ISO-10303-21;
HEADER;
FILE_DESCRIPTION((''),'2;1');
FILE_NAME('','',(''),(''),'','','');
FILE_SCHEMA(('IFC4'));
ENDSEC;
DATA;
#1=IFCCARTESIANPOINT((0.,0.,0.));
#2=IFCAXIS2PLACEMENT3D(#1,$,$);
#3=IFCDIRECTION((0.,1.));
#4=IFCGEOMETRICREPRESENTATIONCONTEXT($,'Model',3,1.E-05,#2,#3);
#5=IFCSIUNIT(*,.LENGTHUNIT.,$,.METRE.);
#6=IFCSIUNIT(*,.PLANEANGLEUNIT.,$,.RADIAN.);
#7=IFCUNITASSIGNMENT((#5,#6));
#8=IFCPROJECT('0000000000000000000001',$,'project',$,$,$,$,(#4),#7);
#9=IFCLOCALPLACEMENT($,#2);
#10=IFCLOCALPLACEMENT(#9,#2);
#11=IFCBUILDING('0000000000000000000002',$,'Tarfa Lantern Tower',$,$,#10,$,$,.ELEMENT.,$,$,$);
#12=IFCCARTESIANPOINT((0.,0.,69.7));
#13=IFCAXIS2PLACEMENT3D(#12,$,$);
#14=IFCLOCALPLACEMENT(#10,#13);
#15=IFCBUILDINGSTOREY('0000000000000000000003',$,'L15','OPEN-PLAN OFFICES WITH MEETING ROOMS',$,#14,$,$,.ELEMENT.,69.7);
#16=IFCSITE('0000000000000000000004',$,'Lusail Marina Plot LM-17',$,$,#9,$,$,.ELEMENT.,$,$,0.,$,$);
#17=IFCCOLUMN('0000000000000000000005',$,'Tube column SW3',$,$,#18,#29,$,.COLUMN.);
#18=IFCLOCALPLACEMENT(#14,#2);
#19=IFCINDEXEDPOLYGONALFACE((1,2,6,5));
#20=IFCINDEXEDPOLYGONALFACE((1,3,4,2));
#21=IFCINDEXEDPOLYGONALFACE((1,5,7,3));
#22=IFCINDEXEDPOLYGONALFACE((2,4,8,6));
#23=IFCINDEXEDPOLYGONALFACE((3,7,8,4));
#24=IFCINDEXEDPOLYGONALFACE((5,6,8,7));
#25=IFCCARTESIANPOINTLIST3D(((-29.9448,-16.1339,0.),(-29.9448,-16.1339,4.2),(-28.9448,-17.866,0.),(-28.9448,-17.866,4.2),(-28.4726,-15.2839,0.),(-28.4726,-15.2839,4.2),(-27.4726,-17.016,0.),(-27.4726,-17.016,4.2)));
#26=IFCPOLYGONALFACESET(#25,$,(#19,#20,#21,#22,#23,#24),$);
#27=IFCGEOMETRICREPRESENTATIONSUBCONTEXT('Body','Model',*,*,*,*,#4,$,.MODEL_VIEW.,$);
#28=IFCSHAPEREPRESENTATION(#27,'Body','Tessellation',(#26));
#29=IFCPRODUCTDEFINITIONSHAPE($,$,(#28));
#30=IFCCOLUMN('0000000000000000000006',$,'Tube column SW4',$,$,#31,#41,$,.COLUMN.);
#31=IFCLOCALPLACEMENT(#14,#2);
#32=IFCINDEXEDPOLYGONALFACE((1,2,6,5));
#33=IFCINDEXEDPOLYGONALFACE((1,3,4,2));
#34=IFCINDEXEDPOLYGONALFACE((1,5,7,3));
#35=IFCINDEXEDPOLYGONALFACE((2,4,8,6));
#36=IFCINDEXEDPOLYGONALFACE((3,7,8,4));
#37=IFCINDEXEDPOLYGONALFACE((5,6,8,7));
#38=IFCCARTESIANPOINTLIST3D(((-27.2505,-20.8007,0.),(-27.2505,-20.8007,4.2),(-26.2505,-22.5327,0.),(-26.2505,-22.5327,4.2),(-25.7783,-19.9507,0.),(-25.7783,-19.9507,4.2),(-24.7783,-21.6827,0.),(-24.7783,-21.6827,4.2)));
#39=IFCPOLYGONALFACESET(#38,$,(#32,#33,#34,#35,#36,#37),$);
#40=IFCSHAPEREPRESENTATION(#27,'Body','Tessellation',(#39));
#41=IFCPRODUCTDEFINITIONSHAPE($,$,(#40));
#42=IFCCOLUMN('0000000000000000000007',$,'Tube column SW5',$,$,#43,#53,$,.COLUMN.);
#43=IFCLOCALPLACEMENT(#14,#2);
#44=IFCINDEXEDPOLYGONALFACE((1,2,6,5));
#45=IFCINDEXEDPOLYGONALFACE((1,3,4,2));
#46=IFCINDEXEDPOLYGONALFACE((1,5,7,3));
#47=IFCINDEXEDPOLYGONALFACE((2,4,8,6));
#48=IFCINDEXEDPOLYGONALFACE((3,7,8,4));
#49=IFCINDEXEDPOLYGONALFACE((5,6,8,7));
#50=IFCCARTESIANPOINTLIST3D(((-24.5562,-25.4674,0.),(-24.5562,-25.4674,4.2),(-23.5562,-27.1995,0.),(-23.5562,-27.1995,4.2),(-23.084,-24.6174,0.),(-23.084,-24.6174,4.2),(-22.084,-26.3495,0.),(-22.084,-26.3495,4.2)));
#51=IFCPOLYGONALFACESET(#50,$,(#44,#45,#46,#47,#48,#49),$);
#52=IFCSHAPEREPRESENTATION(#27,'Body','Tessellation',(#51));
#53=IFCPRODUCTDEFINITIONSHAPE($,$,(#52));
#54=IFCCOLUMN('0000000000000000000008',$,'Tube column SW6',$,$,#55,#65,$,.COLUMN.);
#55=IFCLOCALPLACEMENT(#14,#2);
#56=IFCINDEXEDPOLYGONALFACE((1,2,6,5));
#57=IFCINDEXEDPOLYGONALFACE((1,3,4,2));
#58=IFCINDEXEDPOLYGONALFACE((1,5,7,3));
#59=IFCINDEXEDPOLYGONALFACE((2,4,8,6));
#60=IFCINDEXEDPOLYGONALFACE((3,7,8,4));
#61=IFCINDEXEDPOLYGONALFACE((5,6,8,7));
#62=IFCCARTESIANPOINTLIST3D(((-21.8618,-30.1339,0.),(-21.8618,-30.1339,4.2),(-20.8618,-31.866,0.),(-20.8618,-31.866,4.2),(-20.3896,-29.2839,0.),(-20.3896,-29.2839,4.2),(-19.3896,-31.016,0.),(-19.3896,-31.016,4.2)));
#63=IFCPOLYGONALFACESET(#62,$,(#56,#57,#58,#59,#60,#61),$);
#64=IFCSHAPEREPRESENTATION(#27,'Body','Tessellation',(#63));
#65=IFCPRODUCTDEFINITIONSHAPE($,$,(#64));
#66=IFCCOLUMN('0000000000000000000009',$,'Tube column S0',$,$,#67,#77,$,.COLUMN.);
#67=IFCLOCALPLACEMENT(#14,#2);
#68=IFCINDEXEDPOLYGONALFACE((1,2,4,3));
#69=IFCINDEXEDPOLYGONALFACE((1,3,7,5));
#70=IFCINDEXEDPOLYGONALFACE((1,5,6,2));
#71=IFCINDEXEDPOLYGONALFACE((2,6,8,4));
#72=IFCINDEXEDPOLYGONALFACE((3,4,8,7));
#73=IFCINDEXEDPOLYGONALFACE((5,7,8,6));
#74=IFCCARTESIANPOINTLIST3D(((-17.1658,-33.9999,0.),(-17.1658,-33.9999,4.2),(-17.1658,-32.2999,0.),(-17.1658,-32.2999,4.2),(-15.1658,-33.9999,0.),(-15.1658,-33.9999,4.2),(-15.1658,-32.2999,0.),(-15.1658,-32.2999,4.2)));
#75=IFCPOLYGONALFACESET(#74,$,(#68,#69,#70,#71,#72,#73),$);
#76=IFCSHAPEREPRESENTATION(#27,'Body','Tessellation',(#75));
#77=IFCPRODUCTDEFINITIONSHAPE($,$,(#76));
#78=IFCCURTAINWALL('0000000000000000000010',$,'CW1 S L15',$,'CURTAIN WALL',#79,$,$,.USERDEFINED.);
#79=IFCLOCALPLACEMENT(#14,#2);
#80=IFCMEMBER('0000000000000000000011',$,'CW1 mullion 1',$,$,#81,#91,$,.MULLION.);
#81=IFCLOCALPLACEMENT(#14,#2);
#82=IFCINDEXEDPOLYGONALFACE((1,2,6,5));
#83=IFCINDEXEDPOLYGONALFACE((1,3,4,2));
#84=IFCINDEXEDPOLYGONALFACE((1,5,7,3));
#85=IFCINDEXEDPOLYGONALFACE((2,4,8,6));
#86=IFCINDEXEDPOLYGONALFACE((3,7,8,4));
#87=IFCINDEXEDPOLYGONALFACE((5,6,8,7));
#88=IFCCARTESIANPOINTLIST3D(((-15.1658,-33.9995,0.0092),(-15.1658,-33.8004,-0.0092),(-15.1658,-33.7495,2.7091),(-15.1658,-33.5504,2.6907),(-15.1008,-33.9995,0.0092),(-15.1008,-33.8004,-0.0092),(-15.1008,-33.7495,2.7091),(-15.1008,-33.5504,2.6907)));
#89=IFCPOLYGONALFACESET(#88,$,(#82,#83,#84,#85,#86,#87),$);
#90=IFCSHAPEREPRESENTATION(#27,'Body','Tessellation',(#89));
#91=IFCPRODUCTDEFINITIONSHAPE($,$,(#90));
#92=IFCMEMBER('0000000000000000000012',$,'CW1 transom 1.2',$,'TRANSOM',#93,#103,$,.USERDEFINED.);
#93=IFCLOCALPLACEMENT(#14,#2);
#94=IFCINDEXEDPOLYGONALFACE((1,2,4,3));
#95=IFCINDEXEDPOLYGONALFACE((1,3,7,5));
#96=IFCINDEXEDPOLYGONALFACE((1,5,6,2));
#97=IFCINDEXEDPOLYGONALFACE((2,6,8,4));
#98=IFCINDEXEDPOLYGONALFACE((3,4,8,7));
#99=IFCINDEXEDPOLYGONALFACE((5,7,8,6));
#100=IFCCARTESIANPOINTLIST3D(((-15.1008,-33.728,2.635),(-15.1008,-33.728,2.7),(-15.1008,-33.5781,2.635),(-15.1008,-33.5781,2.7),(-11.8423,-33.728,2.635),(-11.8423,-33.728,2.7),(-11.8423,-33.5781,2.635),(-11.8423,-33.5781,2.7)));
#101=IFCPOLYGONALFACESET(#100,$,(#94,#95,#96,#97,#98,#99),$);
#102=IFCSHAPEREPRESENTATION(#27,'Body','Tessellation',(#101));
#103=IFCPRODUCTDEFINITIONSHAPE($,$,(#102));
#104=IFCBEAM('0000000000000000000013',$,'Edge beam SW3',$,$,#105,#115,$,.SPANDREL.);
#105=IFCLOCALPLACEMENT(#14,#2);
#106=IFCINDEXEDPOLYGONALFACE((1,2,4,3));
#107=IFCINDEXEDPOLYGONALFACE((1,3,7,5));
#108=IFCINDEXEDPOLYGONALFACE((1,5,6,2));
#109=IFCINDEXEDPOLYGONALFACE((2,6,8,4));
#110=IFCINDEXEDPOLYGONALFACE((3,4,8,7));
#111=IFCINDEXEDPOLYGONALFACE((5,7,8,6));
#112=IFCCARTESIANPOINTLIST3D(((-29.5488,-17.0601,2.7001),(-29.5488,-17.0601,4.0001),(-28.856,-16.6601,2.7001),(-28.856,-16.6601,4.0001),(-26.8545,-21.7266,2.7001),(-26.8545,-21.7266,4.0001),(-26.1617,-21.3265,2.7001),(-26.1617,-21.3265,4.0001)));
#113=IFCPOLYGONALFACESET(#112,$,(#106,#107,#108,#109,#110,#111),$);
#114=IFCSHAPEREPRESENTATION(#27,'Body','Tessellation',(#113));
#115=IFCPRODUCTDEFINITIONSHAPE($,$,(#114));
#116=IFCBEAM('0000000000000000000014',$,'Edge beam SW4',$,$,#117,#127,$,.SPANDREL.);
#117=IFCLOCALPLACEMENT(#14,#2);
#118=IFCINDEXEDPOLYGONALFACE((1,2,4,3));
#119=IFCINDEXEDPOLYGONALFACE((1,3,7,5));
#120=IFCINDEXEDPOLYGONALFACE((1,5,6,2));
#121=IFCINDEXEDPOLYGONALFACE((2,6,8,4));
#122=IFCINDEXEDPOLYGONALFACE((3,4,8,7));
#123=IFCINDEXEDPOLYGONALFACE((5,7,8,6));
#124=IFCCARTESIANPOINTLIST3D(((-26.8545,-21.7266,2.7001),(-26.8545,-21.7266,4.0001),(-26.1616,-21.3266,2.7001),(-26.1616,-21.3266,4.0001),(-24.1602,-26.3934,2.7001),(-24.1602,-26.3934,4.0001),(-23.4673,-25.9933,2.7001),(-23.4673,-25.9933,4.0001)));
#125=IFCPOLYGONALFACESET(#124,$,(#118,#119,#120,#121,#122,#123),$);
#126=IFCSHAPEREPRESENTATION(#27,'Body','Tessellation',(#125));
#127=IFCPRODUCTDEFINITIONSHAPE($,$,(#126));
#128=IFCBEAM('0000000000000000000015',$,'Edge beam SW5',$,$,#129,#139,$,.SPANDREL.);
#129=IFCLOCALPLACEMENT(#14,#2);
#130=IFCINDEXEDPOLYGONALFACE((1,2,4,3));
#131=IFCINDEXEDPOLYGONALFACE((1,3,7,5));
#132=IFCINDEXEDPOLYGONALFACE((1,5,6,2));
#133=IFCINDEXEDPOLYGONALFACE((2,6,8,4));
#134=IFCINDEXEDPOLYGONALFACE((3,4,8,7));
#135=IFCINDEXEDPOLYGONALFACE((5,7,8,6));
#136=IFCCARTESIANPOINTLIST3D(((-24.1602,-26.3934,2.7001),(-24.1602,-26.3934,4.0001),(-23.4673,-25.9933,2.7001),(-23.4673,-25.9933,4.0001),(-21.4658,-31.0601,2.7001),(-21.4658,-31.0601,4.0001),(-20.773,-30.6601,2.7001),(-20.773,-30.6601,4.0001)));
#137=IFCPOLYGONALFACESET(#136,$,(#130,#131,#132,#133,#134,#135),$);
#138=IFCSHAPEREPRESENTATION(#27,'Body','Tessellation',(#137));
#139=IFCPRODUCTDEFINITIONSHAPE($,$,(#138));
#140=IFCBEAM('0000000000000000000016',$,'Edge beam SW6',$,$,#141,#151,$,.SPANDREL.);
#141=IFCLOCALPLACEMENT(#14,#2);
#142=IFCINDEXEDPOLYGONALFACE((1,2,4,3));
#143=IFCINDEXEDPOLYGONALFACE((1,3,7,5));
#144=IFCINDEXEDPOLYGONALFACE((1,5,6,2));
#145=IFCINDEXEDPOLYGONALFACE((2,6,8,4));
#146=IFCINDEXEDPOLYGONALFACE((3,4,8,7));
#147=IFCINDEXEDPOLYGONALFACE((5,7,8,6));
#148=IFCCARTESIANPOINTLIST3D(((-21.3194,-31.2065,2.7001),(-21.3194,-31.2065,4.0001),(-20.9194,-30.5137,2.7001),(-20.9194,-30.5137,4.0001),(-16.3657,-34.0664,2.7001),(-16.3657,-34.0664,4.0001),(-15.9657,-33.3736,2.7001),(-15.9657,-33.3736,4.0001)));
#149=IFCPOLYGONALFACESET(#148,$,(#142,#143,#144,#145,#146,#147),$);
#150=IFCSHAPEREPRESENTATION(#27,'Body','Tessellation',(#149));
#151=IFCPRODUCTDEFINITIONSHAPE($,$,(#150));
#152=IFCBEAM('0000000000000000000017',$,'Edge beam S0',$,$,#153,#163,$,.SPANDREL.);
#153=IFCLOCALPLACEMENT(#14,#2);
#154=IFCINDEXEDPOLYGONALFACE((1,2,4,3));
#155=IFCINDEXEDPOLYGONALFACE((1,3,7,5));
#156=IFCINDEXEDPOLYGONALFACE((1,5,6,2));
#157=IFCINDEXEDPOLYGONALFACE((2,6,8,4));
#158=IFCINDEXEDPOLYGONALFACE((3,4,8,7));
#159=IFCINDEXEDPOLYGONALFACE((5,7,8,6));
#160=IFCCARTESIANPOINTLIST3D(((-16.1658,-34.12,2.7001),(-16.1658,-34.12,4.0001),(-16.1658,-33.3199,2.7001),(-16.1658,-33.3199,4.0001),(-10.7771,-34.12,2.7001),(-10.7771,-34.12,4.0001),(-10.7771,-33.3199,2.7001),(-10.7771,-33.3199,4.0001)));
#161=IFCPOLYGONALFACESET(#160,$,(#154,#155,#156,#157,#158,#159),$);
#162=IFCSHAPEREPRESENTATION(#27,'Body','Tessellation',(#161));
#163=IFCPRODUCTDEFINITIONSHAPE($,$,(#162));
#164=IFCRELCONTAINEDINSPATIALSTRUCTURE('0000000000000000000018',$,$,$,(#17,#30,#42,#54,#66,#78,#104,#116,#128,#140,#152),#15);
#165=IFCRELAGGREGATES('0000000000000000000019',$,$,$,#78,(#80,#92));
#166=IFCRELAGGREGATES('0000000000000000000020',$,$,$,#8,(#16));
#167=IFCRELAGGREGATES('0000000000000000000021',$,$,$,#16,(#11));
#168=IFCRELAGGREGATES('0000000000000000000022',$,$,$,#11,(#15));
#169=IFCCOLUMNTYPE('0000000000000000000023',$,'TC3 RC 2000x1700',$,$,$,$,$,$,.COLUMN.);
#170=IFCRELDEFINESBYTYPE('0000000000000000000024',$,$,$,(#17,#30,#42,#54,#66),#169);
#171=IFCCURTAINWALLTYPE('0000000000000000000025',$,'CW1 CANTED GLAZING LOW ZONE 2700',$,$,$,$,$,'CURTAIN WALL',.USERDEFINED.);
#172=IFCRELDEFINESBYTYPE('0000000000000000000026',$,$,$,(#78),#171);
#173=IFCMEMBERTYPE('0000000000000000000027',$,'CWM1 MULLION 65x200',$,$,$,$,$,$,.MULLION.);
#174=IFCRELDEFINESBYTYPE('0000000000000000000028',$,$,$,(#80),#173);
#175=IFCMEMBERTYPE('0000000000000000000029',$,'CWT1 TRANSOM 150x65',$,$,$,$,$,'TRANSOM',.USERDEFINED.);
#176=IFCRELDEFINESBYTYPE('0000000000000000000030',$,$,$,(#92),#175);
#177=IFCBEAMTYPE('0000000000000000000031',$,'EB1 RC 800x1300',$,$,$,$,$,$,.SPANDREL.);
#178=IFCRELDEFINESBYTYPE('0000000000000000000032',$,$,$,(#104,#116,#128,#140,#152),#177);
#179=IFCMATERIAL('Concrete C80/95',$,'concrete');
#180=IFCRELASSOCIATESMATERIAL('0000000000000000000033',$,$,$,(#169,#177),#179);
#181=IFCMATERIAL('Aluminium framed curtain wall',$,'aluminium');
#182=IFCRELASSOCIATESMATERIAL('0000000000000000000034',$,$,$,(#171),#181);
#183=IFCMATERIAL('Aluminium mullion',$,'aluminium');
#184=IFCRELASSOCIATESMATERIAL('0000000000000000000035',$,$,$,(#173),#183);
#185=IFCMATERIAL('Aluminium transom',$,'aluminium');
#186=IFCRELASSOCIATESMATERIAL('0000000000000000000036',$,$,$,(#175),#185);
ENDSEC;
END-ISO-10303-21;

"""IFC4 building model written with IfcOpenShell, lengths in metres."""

from ifc_helpers import new_model, si_unit, direction, frame, origin, origin_2d, place, context, subcontext, project, spatial, rectangle, extrude, material, material_profile, profile_set, type_object, element, aggregate, save


model = new_model("IFC4")

# Units and contexts
model_context = context("Model", 3, precision=1e-05, world=origin(), true_north=direction((0.0, 1.0)))
body_context = subcontext(model_context, "Body", "Model", "MODEL_VIEW")
ifc_project = project(units=[si_unit("LENGTHUNIT", "METRE"), si_unit("PLANEANGLEUNIT", "RADIAN")], contexts=[model_context])

# Site, building, storey
site_placement = place(None, origin())
site = spatial("IfcSite", under=ifc_project, at=site_placement, Name="Lusail Marina Plot LM-17", CompositionType="ELEMENT", RefElevation=0.0)
building_placement = place(site_placement, origin())
building = spatial("IfcBuilding", under=site, at=building_placement, Name="Tarfa Lantern Tower", CompositionType="ELEMENT")
storey_placement = place(building_placement, frame((0.0, 0.0, 69.7)))
storey = spatial("IfcBuildingStorey", under=building, at=storey_placement, Name="L15", Description="OPEN-PLAN OFFICES WITH MEETING ROOMS", CompositionType="ELEMENT", Elevation=69.7)

# Columns
ifc_material_1 = material(Name="Concrete C80/95", Category="concrete")
ifc_material_profile_1 = material_profile(ifc_material_1, rectangle(XDim=2.0, YDim=1.7, at=origin_2d()), Name="RC 2000x1700")
ifc_profile_set_1 = profile_set([ifc_material_profile_1], Name="Concrete C80/95")
column_type = type_object("IfcColumnType", Name="TC3 RC 2000x1700", PredefinedType="COLUMN", material=ifc_profile_set_1)
for number, where, z_axis, x_axis, name in (
    (1, (-28.7087, -16.575, 0.0), (0.0, 0.0, 1.0), (0.5, -0.866025, 0.0), "Tube column SW3"),
    (2, (-26.0144, -21.2417, 0.0), (0.0, 0.0, 1.0), (0.5, -0.866025, 0.0), "Tube column SW4"),
    (3, (-23.3201, -25.9084, 0.0), (0.0, 0.0, 1.0), (0.5, -0.866025, 0.0), "Tube column SW5"),
    (4, (-20.6257, -30.575, 0.0), (0.0, 0.0, 1.0), (0.5, -0.866025, 0.0), "Tube column SW6"),
    (5, (-16.1658, -33.1499, 0.0), (0.0, 0.0, 1.0), (1.0, 0.0, 0.0), "Tube column S0"),
):
    element("IfcColumn", number, at=place(storey_placement, frame(where, z_axis=z_axis, x_axis=x_axis)), inside=storey, type_object=column_type, Name=name, PredefinedType="COLUMN", context=body_context, shape_type="SweptSolid", body=[
        extrude(rectangle(XDim=2.0, YDim=1.7, at=origin_2d()), origin(), (0.0, 0.0, 1.0), 4.2),
    ])

# Curtain wall, members
ifc_material_2 = material(Name="Aluminium framed curtain wall", Category="aluminium")
curtain_wall_type = type_object("IfcCurtainWallType", Name="CW1 CANTED GLAZING LOW ZONE 2700", ElementType="CURTAIN WALL", PredefinedType="USERDEFINED", material=ifc_material_2)
curtain_wall_placement = place(storey_placement, origin())
curtain_wall = element("IfcCurtainWall", 6, at=curtain_wall_placement, inside=storey, type_object=curtain_wall_type, Name="CW1 S L15", ObjectType="CURTAIN WALL", PredefinedType="USERDEFINED")
ifc_material_3 = material(Name="Aluminium mullion", Category="aluminium")
ifc_material_profile_2 = material_profile(ifc_material_3, rectangle(XDim=0.0649, YDim=0.2, at=origin_2d()), Name="AL MULLION 65x200")
ifc_profile_set_2 = profile_set([ifc_material_profile_2], Name="Aluminium mullion")
member_type_1 = type_object("IfcMemberType", Name="CWM1 MULLION 65x200", PredefinedType="MULLION", material=ifc_profile_set_2)
member_1_placement = place(storey_placement, frame((-15.1333, -33.8999, 0.0), z_axis=(0.0, 0.0922, 0.995741), x_axis=(-1.0, 0.0, 0.0)))
member_1 = element("IfcMember", 7, at=member_1_placement, type_object=member_type_1, Name="CW1 mullion 1", PredefinedType="MULLION", context=body_context, shape_type="SweptSolid", body=[
    extrude(rectangle(XDim=0.0649, YDim=0.2, at=origin_2d()), origin(), (0.0, 0.0, 1.0), 2.7114),
])
ifc_material_4 = material(Name="Aluminium transom", Category="aluminium")
ifc_material_profile_3 = material_profile(ifc_material_4, rectangle(XDim=0.1499, YDim=0.0649, at=origin_2d()), Name="AL TRANSOM 150x65")
ifc_profile_set_3 = profile_set([ifc_material_profile_3], Name="Aluminium transom")
member_type_2 = type_object("IfcMemberType", Name="CWT1 TRANSOM 150x65", ElementType="TRANSOM", PredefinedType="USERDEFINED", material=ifc_profile_set_3)
member_2_placement = place(storey_placement, frame((-15.1008, -33.6531, 2.6675), z_axis=(1.0, 0.0, 0.0), x_axis=(0.0, 1.0, 0.0)))
member_2 = element("IfcMember", 8, at=member_2_placement, type_object=member_type_2, Name="CW1 transom 1.2", ObjectType="TRANSOM", PredefinedType="USERDEFINED", context=body_context, shape_type="SweptSolid", body=[
    extrude(rectangle(XDim=0.1499, YDim=0.0649, at=origin_2d()), origin(), (0.0, 0.0, 1.0), 3.2585),
])

# Beams
ifc_material_profile_4 = material_profile(ifc_material_1, rectangle(XDim=0.8, YDim=1.3, at=origin_2d()), Name="RC 800x1300")
ifc_profile_set_4 = profile_set([ifc_material_profile_4], Name="Concrete C80/95")
beam_type_1 = type_object("IfcBeamType", Name="EB1 RC 800x1300", PredefinedType="SPANDREL", material=ifc_profile_set_4)
beam_1_placement = place(storey_placement, frame((-29.2024, -16.8601, 3.3501), z_axis=(0.500018, -0.866015, 0.0), x_axis=(0.866015, 0.500018, 0.0)))
element("IfcBeam", 9, at=beam_1_placement, inside=storey, type_object=beam_type_1, Name="Edge beam SW3", PredefinedType="SPANDREL", context=body_context, shape_type="SweptSolid", body=[
    extrude(rectangle(XDim=0.8, YDim=1.3, at=origin_2d()), origin(), (0.0, 0.0, 1.0), 5.3884),
])
for number, where, z_axis, x_axis, name in (
    (10, (-26.5081, -21.5266, 3.3501), (0.499998, -0.866026, 0.0), (0.866026, 0.499998, 0.0), "Edge beam SW4"),
    (11, (-23.8137, -26.1934, 3.3501), (0.499998, -0.866026, 0.0), (0.866026, 0.499998, 0.0), "Edge beam SW5"),
):
    element("IfcBeam", number, at=place(storey_placement, frame(where, z_axis=z_axis, x_axis=x_axis)), inside=storey, type_object=beam_type_1, Name=name, PredefinedType="SPANDREL", context=body_context, shape_type="SweptSolid", body=[
        extrude(rectangle(XDim=0.8, YDim=1.3, at=origin_2d()), origin(), (0.0, 0.0, 1.0), 5.3887),
    ])
beam_2_placement = place(storey_placement, frame((-21.1194, -30.8601, 3.3501), z_axis=(0.866033, -0.499986, 0.0), x_axis=(0.499986, 0.866033, 0.0)))
element("IfcBeam", 12, at=beam_2_placement, inside=storey, type_object=beam_type_1, Name="Edge beam SW6", PredefinedType="SPANDREL", context=body_context, shape_type="SweptSolid", body=[
    extrude(rectangle(XDim=0.8, YDim=1.3, at=origin_2d()), origin(), (0.0, 0.0, 1.0), 5.72),
])
beam_3_placement = place(storey_placement, frame((-16.1658, -33.72, 3.3501), z_axis=(1.0, 0.0, 0.0), x_axis=(0.0, 1.0, 0.0)))
element("IfcBeam", 13, at=beam_3_placement, inside=storey, type_object=beam_type_1, Name="Edge beam S0", PredefinedType="SPANDREL", context=body_context, shape_type="SweptSolid", body=[
    extrude(rectangle(XDim=0.8, YDim=1.3, at=origin_2d()), origin(), (0.0, 0.0, 1.0), 5.3887),
])

aggregate(curtain_wall, [member_1, member_2])

save(model, "model.ifc")
